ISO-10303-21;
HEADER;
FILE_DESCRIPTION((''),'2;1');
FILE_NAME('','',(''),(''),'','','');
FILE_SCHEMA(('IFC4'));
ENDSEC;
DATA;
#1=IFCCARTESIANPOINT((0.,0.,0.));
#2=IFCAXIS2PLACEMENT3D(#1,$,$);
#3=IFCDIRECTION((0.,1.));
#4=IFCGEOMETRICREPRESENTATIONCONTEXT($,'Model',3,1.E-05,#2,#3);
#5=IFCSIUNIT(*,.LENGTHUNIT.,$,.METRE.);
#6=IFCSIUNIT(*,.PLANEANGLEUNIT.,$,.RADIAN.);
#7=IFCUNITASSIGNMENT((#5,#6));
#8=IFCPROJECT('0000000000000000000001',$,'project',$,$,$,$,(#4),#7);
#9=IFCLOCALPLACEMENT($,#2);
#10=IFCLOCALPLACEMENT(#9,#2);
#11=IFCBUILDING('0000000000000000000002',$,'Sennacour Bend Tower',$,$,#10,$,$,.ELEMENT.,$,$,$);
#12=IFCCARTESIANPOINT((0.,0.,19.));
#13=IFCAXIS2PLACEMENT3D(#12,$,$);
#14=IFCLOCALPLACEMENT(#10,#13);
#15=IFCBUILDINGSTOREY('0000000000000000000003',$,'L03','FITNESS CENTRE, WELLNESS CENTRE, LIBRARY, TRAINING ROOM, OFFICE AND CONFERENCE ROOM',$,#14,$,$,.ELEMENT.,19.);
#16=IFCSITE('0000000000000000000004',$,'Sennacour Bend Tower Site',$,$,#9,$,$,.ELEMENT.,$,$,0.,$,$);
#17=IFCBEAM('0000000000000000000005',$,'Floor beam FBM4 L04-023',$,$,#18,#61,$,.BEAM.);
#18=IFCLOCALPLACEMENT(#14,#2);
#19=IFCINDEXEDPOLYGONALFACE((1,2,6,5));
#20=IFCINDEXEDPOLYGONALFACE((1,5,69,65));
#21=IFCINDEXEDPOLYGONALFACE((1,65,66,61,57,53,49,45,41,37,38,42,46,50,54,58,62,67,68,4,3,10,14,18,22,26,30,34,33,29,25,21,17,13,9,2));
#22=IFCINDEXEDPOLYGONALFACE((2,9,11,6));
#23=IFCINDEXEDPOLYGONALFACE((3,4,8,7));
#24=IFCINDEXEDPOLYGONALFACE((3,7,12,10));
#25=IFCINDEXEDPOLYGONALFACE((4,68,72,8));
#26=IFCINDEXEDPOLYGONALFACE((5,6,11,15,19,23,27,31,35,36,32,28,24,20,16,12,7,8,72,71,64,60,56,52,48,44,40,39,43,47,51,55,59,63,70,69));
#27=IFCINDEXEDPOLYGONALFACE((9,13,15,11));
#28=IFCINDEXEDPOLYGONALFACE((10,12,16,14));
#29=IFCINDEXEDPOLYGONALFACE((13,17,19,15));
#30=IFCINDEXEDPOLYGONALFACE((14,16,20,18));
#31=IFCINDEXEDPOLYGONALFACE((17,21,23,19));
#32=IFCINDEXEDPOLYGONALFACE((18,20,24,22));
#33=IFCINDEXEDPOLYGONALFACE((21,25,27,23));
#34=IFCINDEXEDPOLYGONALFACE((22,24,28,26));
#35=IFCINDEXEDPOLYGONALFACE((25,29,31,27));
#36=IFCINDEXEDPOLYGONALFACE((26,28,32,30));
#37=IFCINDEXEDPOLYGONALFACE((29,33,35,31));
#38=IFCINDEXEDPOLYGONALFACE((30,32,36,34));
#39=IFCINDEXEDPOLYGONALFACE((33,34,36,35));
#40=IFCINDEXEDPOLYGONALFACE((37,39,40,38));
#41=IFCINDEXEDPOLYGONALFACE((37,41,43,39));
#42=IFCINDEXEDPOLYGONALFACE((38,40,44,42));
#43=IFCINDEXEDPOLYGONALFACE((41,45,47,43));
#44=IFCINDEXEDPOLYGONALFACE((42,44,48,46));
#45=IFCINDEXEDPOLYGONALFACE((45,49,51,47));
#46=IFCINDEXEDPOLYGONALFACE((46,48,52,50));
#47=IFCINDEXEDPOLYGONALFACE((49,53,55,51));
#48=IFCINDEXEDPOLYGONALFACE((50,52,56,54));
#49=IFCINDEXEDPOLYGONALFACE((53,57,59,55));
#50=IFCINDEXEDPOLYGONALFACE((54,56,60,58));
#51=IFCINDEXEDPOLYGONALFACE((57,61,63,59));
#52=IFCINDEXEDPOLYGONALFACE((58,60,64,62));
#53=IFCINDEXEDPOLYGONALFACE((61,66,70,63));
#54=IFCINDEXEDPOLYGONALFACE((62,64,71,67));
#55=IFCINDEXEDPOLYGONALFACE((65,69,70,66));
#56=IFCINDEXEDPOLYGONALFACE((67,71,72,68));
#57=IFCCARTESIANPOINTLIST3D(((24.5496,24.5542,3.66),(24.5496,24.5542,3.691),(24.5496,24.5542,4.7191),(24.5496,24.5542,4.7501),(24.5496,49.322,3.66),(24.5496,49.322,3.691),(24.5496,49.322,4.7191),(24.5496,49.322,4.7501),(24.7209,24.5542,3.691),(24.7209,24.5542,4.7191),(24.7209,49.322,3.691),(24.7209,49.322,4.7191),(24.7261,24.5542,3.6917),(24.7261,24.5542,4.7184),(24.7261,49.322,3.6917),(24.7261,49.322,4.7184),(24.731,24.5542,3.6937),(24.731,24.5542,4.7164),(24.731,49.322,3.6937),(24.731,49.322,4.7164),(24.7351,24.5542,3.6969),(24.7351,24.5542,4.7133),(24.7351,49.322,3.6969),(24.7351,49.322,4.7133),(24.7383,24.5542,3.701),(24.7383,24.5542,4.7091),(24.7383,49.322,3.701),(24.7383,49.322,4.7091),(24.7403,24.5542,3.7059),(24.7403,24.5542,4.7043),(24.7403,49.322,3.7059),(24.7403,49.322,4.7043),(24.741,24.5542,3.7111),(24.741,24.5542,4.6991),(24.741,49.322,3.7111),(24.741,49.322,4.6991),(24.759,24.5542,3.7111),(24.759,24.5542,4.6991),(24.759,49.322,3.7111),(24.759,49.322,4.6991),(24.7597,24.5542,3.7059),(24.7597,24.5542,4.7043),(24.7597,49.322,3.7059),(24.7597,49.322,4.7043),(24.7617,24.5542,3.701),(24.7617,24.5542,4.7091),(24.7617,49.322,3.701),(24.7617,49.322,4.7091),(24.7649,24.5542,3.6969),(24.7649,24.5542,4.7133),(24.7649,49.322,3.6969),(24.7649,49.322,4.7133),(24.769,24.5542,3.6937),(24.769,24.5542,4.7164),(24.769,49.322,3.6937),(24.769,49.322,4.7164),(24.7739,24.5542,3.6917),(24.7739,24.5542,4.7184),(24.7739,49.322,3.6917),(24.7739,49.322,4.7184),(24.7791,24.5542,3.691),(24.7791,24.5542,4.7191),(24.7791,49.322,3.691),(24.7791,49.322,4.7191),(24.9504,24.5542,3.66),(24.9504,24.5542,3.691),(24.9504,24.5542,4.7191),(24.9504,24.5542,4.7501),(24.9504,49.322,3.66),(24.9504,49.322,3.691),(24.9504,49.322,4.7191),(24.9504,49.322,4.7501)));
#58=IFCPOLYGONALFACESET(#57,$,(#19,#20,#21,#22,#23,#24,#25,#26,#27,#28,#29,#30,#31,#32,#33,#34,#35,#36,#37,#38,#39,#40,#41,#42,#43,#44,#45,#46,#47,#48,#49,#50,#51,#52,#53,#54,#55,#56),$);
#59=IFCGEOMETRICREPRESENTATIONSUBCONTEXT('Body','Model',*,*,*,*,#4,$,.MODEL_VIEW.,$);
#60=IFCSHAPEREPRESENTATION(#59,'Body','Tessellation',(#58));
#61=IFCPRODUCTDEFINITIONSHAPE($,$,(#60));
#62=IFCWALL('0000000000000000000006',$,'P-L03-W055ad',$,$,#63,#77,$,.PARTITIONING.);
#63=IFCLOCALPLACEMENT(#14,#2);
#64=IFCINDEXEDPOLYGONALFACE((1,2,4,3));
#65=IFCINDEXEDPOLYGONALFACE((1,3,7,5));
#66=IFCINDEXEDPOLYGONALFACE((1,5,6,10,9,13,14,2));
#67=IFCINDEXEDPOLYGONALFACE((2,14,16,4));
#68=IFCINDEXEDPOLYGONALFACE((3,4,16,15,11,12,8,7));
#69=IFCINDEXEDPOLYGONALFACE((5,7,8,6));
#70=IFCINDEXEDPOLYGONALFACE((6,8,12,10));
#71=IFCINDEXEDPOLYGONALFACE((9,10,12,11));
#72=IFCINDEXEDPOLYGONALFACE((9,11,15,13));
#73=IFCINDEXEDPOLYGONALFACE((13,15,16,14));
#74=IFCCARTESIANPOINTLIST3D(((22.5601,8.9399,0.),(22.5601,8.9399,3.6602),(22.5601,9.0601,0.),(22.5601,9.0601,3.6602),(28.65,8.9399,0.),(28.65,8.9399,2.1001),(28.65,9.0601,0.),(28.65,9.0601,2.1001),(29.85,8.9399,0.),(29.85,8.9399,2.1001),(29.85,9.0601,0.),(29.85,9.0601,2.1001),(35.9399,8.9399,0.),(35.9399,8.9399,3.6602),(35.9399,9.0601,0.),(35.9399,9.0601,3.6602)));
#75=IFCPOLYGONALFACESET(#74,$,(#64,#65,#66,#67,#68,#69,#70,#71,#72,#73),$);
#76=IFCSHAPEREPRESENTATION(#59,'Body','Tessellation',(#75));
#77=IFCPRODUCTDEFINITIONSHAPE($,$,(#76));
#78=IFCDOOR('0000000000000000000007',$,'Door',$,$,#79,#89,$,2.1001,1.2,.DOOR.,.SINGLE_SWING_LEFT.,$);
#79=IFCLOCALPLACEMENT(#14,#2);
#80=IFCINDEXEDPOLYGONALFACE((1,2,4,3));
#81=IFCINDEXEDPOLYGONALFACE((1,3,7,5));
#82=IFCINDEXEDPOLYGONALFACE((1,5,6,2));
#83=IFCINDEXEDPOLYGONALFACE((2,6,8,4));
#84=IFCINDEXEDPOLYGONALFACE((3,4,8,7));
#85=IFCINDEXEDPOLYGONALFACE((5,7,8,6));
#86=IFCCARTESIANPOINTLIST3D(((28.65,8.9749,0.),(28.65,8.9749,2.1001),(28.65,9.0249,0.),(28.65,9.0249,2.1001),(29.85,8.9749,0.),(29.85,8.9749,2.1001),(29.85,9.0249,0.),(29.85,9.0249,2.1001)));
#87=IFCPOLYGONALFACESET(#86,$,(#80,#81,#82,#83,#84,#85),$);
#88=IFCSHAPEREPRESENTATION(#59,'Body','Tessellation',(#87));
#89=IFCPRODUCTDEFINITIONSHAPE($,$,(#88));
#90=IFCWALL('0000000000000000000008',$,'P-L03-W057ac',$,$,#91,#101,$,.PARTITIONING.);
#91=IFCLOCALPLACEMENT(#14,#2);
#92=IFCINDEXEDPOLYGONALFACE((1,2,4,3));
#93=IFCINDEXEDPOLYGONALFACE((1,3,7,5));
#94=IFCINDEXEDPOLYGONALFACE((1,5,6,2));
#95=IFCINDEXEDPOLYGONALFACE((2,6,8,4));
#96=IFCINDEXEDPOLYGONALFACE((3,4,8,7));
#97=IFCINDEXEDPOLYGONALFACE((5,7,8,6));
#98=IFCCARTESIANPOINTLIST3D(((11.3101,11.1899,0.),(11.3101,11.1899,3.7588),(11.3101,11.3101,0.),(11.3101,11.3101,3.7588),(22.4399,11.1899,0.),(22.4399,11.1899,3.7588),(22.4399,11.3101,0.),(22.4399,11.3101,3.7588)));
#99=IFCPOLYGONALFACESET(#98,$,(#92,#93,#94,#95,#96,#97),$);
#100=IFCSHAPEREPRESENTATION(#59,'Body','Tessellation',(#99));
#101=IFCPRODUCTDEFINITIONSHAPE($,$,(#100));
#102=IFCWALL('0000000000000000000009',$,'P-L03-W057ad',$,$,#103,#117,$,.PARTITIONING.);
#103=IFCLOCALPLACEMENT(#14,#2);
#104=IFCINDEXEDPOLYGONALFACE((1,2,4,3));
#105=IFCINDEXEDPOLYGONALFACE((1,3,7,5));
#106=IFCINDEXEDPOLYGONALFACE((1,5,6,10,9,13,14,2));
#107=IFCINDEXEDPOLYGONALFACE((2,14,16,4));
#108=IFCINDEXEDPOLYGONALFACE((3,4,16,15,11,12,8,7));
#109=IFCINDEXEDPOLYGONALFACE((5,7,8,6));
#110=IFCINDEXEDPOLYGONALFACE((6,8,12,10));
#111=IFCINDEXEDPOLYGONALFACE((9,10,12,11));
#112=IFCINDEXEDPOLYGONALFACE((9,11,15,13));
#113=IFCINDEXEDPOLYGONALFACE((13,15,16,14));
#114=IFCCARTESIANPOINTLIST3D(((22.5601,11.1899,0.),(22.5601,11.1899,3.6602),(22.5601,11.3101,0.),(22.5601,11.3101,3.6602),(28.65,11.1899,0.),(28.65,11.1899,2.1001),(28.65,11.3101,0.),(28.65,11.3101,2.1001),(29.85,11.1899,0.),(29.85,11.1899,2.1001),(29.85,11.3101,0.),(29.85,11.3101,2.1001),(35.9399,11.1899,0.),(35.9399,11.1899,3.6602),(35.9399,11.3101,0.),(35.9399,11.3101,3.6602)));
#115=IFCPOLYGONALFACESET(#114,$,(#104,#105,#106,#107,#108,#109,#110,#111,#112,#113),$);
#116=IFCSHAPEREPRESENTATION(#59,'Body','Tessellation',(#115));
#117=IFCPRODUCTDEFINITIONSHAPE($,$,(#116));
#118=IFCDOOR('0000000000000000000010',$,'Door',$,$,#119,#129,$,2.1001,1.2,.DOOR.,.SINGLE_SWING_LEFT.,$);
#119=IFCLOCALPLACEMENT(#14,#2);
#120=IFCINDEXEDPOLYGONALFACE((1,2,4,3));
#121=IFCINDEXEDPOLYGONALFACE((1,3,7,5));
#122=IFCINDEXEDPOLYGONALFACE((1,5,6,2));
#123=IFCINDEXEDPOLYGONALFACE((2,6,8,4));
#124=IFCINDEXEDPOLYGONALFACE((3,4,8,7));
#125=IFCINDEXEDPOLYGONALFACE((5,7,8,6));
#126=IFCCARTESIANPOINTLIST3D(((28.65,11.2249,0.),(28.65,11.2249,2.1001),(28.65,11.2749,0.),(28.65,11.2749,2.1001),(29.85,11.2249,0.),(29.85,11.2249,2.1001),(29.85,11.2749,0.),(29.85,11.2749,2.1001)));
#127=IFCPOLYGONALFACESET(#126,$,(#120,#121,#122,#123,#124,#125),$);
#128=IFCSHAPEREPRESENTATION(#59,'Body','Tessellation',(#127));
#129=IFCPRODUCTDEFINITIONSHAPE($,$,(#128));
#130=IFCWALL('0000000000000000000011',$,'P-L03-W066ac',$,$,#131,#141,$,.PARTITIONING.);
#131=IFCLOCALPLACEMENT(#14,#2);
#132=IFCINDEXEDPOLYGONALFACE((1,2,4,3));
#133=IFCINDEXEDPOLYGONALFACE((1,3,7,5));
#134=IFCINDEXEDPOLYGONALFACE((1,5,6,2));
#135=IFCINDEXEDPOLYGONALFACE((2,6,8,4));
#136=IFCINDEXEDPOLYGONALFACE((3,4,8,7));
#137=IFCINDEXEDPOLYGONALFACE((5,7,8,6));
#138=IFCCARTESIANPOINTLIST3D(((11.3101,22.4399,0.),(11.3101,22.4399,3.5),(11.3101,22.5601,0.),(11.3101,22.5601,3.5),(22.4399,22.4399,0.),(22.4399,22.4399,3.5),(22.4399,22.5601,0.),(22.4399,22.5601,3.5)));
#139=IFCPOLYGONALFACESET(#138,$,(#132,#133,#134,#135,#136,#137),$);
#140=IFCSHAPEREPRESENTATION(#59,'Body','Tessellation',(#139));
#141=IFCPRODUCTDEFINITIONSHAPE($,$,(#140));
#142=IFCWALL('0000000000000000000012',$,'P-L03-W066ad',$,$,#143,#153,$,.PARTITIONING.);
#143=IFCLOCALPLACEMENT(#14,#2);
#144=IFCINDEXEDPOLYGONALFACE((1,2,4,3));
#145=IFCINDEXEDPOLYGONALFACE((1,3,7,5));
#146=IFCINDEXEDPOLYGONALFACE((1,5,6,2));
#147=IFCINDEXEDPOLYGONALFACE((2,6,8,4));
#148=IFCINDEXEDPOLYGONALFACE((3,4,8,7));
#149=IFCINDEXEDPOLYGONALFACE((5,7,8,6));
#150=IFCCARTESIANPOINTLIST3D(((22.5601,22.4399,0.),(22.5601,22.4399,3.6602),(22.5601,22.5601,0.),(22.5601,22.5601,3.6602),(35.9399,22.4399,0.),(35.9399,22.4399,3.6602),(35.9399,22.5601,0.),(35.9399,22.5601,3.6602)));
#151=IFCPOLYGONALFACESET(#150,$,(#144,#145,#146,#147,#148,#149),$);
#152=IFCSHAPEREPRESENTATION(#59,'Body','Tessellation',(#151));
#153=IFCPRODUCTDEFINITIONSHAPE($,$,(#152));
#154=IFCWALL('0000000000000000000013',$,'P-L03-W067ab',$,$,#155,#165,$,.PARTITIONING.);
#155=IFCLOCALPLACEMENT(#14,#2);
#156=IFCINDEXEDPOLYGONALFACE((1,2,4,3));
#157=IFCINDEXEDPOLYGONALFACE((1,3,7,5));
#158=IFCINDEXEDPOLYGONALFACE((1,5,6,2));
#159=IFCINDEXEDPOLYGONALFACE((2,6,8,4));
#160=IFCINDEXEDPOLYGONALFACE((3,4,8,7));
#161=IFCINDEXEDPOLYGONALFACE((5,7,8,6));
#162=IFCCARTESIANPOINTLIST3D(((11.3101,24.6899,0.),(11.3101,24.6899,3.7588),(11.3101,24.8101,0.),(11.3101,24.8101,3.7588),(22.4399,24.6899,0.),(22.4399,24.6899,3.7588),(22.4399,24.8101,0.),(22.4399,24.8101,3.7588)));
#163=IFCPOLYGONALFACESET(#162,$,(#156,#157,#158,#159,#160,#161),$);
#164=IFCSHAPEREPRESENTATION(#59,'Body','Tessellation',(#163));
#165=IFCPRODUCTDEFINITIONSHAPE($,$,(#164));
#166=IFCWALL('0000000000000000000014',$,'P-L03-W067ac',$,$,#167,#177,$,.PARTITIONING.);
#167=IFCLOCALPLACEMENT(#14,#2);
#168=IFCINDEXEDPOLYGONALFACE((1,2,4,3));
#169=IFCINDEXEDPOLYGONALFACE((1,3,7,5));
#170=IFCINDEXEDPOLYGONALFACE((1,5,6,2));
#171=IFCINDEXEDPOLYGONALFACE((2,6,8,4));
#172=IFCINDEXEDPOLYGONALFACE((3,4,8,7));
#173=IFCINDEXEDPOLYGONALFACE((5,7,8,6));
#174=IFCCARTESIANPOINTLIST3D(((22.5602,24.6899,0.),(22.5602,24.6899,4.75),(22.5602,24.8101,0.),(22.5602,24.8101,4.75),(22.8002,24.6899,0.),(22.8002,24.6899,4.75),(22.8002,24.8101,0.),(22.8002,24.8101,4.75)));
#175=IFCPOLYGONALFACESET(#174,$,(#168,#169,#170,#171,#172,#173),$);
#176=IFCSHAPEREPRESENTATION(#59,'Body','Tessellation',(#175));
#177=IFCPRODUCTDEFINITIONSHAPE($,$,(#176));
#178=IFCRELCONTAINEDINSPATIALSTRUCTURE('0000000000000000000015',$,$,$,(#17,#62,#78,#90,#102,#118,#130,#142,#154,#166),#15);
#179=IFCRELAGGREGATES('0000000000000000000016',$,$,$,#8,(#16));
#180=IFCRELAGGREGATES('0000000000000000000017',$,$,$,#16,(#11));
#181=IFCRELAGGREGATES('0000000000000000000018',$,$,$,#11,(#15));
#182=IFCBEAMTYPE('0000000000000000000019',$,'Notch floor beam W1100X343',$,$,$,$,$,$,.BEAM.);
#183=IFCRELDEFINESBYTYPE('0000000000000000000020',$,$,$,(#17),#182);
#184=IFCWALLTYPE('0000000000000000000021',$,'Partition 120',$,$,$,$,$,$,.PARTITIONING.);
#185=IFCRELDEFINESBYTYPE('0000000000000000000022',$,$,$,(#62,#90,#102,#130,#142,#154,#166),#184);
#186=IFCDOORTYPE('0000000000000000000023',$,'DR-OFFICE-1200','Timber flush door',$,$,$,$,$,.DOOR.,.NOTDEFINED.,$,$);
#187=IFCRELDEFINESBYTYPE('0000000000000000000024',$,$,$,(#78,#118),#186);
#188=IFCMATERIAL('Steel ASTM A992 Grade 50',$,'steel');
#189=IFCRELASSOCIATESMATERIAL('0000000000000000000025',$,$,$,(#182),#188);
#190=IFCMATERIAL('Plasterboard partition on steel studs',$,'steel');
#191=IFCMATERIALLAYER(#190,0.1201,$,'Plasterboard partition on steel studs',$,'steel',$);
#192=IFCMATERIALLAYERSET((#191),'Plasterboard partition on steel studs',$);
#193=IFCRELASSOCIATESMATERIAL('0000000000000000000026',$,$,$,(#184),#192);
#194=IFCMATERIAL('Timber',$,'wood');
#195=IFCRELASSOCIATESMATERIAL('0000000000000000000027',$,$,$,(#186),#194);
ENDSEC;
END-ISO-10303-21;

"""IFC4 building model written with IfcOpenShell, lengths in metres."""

from ifc_helpers import new_model, si_unit, direction, frame, frame_2d, origin, origin_2d, place, context, subcontext, project, spatial, rectangle, i_section, extrude, material, layer, layer_set, material_profile, profile_set, type_object, element, fill, save


model = new_model("IFC4")

# Units and contexts
model_context = context("Model", 3, precision=1e-05, world=origin(), true_north=direction((0.0, 1.0)))
body_context = subcontext(model_context, "Body", "Model", "MODEL_VIEW")
ifc_project = project(units=[si_unit("LENGTHUNIT", "METRE"), si_unit("PLANEANGLEUNIT", "RADIAN")], contexts=[model_context])

# Site, building, storey
site_placement = place(None, origin())
site = spatial("IfcSite", under=ifc_project, at=site_placement, Name="Sennacour Bend Tower Site", CompositionType="ELEMENT", RefElevation=0.0)
building_placement = place(site_placement, origin())
building = spatial("IfcBuilding", under=site, at=building_placement, Name="Sennacour Bend Tower", CompositionType="ELEMENT")
storey_placement = place(building_placement, frame((0.0, 0.0, 19.0)))
storey = spatial("IfcBuildingStorey", under=building, at=storey_placement, Name="L03", Description="FITNESS CENTRE, WELLNESS CENTRE, LIBRARY, TRAINING ROOM, OFFICE AND CONFERENCE ROOM", CompositionType="ELEMENT", Elevation=19.0)

# Beam
ifc_material_1 = material(Name="Steel ASTM A992 Grade 50", Category="steel")
ifc_material_profile_1 = material_profile(ifc_material_1, i_section(OverallWidth=0.4009, OverallDepth=1.0901, WebThickness=0.0181, FlangeThickness=0.031, FilletRadius=0.02, at=origin_2d()), Name="Steel ASTM A992 Grade 50", Category="steel")
ifc_profile_set_1 = profile_set([ifc_material_profile_1], Name="Steel ASTM A992 Grade 50")
beam_type_1 = type_object("IfcBeamType", Name="Notch floor beam W1100X343", PredefinedType="BEAM", material=ifc_profile_set_1)
beam_1_placement = place(storey_placement, frame((24.75, 24.5542, 4.2051), z_axis=(0.0, 1.0, 0.0), x_axis=(-1.0, 0.0, 0.0)))
element("IfcBeam", 1, at=beam_1_placement, inside=storey, type_object=beam_type_1, Name="Floor beam FBM4 L04-023", PredefinedType="BEAM", context=body_context, shape_type="SweptSolid", body=[
    extrude(i_section(OverallWidth=0.4009, OverallDepth=1.0901, WebThickness=0.0181, FlangeThickness=0.031, FilletRadius=0.02, at=origin_2d()), origin(), (0.0, 0.0, 1.0), 24.7678),
])

# Wall, opening, door
ifc_material_2 = material(Name="Plasterboard partition on steel studs", Category="steel")
ifc_layer = layer(ifc_material_2, 0.1201, Name="Plasterboard partition on steel studs", Category="steel")
ifc_layer_set = layer_set([ifc_layer], Name="Plasterboard partition on steel studs")
wall_type = type_object("IfcWallType", Name="Partition 120", PredefinedType="PARTITIONING", material=ifc_layer_set)
wall_1_placement = place(storey_placement, frame((22.5601, 9.0, 0.0), z_axis=(0.0, 0.0, 1.0), x_axis=(1.0, 0.0, 0.0)))
wall_1 = element("IfcWall", 2, at=wall_1_placement, inside=storey, type_object=wall_type, Name="P-L03-W055ad", PredefinedType="PARTITIONING", context=body_context, shape_type="SweptSolid", body=[
    extrude(rectangle(XDim=13.3799, YDim=0.1201, at=frame_2d((6.6899, 0.0))), origin(), (0.0, 0.0, 1.0), 3.6602),
])
opening_1_placement = place(wall_1_placement, frame((6.0898, 0.0, 0.0)))
opening_1 = element("IfcOpeningElement", 3, at=opening_1_placement, cuts=wall_1, PredefinedType="OPENING", context=body_context, shape_type="SweptSolid", body=[
    extrude(rectangle(XDim=1.2, YDim=2.1001, at=frame_2d((0.6001, 1.05))), frame((0.0, 0.0701, 0.0), z_axis=(0.0, -1.0, 0.0), x_axis=(1.0, 0.0, 0.0)), (0.0, 0.0, 1.0), 0.1401),
])
ifc_material_3 = material(Name="Timber", Category="wood")
door_type = type_object("IfcDoorType", Name="DR-OFFICE-1200", Description="Timber flush door", OperationType="NOTDEFINED", PredefinedType="DOOR", material=ifc_material_3)
door_1_placement = place(opening_1_placement, origin())
door_1 = element("IfcDoor", 4, at=door_1_placement, inside=storey, type_object=door_type, Name="Door", OperationType="SINGLE_SWING_LEFT", OverallHeight=2.1001, OverallWidth=1.2, PredefinedType="DOOR", context=body_context, shape_type="SweptSolid", body=[
    extrude(rectangle(XDim=1.2, YDim=2.1001, at=frame_2d((0.6001, 1.05))), frame((0.0, 0.0249, 0.0), z_axis=(0.0, -1.0, 0.0), x_axis=(1.0, 0.0, 0.0)), (0.0, 0.0, 1.0), 0.05),
])
fill(opening_1, door_1)

# Wall
wall_2_placement = place(storey_placement, frame((11.3101, 11.25, 0.0), z_axis=(0.0, 0.0, 1.0), x_axis=(1.0, 0.0, 0.0)))
element("IfcWall", 5, at=wall_2_placement, inside=storey, type_object=wall_type, Name="P-L03-W057ac", PredefinedType="PARTITIONING", context=body_context, shape_type="SweptSolid", body=[
    extrude(rectangle(XDim=11.1299, YDim=0.1201, at=frame_2d((5.5649, 0.0))), origin(), (0.0, 0.0, 1.0), 3.7588),
])

# Wall, opening, door
wall_3_placement = place(storey_placement, frame((22.5601, 11.25, 0.0), z_axis=(0.0, 0.0, 1.0), x_axis=(1.0, 0.0, 0.0)))
wall_3 = element("IfcWall", 6, at=wall_3_placement, inside=storey, type_object=wall_type, Name="P-L03-W057ad", PredefinedType="PARTITIONING", context=body_context, shape_type="SweptSolid", body=[
    extrude(rectangle(XDim=13.3799, YDim=0.1201, at=frame_2d((6.6899, 0.0))), origin(), (0.0, 0.0, 1.0), 3.6602),
])
opening_2_placement = place(wall_3_placement, frame((6.0898, 0.0, 0.0)))
opening_2 = element("IfcOpeningElement", 7, at=opening_2_placement, cuts=wall_3, PredefinedType="OPENING", context=body_context, shape_type="SweptSolid", body=[
    extrude(rectangle(XDim=1.2, YDim=2.1001, at=frame_2d((0.6001, 1.05))), frame((0.0, 0.0701, 0.0), z_axis=(0.0, -1.0, 0.0), x_axis=(1.0, 0.0, 0.0)), (0.0, 0.0, 1.0), 0.1401),
])
door_2_placement = place(opening_2_placement, origin())
door_2 = element("IfcDoor", 8, at=door_2_placement, inside=storey, type_object=door_type, Name="Door", OperationType="SINGLE_SWING_LEFT", OverallHeight=2.1001, OverallWidth=1.2, PredefinedType="DOOR", context=body_context, shape_type="SweptSolid", body=[
    extrude(rectangle(XDim=1.2, YDim=2.1001, at=frame_2d((0.6001, 1.05))), frame((0.0, 0.0249, 0.0), z_axis=(0.0, -1.0, 0.0), x_axis=(1.0, 0.0, 0.0)), (0.0, 0.0, 1.0), 0.05),
])
fill(opening_2, door_2)

# Walls
wall_4_placement = place(storey_placement, frame((11.3101, 22.5, 0.0), z_axis=(0.0, 0.0, 1.0), x_axis=(1.0, 0.0, 0.0)))
element("IfcWall", 9, at=wall_4_placement, inside=storey, type_object=wall_type, Name="P-L03-W066ac", PredefinedType="PARTITIONING", context=body_context, shape_type="SweptSolid", body=[
    extrude(rectangle(XDim=11.1299, YDim=0.1201, at=frame_2d((5.5649, 0.0))), origin(), (0.0, 0.0, 1.0), 3.5),
])
wall_5_placement = place(storey_placement, frame((22.5601, 22.5, 0.0), z_axis=(0.0, 0.0, 1.0), x_axis=(1.0, 0.0, 0.0)))
element("IfcWall", 10, at=wall_5_placement, inside=storey, type_object=wall_type, Name="P-L03-W066ad", PredefinedType="PARTITIONING", context=body_context, shape_type="SweptSolid", body=[
    extrude(rectangle(XDim=13.3799, YDim=0.1201, at=frame_2d((6.6899, 0.0))), origin(), (0.0, 0.0, 1.0), 3.6602),
])
wall_6_placement = place(storey_placement, frame((11.3101, 24.75, 0.0), z_axis=(0.0, 0.0, 1.0), x_axis=(1.0, 0.0, 0.0)))
element("IfcWall", 11, at=wall_6_placement, inside=storey, type_object=wall_type, Name="P-L03-W067ab", PredefinedType="PARTITIONING", context=body_context, shape_type="SweptSolid", body=[
    extrude(rectangle(XDim=11.1299, YDim=0.1201, at=frame_2d((5.5649, 0.0))), origin(), (0.0, 0.0, 1.0), 3.7588),
])
wall_7_placement = place(storey_placement, frame((22.5601, 24.75, 0.0), z_axis=(0.0, 0.0, 1.0), x_axis=(1.0, 0.0, 0.0)))
element("IfcWall", 12, at=wall_7_placement, inside=storey, type_object=wall_type, Name="P-L03-W067ac", PredefinedType="PARTITIONING", context=body_context, shape_type="SweptSolid", body=[
    extrude(rectangle(XDim=0.24, YDim=0.1201, at=frame_2d((0.1201, 0.0))), origin(), (0.0, 0.0, 1.0), 4.75),
])

save(model, "model.ifc")
